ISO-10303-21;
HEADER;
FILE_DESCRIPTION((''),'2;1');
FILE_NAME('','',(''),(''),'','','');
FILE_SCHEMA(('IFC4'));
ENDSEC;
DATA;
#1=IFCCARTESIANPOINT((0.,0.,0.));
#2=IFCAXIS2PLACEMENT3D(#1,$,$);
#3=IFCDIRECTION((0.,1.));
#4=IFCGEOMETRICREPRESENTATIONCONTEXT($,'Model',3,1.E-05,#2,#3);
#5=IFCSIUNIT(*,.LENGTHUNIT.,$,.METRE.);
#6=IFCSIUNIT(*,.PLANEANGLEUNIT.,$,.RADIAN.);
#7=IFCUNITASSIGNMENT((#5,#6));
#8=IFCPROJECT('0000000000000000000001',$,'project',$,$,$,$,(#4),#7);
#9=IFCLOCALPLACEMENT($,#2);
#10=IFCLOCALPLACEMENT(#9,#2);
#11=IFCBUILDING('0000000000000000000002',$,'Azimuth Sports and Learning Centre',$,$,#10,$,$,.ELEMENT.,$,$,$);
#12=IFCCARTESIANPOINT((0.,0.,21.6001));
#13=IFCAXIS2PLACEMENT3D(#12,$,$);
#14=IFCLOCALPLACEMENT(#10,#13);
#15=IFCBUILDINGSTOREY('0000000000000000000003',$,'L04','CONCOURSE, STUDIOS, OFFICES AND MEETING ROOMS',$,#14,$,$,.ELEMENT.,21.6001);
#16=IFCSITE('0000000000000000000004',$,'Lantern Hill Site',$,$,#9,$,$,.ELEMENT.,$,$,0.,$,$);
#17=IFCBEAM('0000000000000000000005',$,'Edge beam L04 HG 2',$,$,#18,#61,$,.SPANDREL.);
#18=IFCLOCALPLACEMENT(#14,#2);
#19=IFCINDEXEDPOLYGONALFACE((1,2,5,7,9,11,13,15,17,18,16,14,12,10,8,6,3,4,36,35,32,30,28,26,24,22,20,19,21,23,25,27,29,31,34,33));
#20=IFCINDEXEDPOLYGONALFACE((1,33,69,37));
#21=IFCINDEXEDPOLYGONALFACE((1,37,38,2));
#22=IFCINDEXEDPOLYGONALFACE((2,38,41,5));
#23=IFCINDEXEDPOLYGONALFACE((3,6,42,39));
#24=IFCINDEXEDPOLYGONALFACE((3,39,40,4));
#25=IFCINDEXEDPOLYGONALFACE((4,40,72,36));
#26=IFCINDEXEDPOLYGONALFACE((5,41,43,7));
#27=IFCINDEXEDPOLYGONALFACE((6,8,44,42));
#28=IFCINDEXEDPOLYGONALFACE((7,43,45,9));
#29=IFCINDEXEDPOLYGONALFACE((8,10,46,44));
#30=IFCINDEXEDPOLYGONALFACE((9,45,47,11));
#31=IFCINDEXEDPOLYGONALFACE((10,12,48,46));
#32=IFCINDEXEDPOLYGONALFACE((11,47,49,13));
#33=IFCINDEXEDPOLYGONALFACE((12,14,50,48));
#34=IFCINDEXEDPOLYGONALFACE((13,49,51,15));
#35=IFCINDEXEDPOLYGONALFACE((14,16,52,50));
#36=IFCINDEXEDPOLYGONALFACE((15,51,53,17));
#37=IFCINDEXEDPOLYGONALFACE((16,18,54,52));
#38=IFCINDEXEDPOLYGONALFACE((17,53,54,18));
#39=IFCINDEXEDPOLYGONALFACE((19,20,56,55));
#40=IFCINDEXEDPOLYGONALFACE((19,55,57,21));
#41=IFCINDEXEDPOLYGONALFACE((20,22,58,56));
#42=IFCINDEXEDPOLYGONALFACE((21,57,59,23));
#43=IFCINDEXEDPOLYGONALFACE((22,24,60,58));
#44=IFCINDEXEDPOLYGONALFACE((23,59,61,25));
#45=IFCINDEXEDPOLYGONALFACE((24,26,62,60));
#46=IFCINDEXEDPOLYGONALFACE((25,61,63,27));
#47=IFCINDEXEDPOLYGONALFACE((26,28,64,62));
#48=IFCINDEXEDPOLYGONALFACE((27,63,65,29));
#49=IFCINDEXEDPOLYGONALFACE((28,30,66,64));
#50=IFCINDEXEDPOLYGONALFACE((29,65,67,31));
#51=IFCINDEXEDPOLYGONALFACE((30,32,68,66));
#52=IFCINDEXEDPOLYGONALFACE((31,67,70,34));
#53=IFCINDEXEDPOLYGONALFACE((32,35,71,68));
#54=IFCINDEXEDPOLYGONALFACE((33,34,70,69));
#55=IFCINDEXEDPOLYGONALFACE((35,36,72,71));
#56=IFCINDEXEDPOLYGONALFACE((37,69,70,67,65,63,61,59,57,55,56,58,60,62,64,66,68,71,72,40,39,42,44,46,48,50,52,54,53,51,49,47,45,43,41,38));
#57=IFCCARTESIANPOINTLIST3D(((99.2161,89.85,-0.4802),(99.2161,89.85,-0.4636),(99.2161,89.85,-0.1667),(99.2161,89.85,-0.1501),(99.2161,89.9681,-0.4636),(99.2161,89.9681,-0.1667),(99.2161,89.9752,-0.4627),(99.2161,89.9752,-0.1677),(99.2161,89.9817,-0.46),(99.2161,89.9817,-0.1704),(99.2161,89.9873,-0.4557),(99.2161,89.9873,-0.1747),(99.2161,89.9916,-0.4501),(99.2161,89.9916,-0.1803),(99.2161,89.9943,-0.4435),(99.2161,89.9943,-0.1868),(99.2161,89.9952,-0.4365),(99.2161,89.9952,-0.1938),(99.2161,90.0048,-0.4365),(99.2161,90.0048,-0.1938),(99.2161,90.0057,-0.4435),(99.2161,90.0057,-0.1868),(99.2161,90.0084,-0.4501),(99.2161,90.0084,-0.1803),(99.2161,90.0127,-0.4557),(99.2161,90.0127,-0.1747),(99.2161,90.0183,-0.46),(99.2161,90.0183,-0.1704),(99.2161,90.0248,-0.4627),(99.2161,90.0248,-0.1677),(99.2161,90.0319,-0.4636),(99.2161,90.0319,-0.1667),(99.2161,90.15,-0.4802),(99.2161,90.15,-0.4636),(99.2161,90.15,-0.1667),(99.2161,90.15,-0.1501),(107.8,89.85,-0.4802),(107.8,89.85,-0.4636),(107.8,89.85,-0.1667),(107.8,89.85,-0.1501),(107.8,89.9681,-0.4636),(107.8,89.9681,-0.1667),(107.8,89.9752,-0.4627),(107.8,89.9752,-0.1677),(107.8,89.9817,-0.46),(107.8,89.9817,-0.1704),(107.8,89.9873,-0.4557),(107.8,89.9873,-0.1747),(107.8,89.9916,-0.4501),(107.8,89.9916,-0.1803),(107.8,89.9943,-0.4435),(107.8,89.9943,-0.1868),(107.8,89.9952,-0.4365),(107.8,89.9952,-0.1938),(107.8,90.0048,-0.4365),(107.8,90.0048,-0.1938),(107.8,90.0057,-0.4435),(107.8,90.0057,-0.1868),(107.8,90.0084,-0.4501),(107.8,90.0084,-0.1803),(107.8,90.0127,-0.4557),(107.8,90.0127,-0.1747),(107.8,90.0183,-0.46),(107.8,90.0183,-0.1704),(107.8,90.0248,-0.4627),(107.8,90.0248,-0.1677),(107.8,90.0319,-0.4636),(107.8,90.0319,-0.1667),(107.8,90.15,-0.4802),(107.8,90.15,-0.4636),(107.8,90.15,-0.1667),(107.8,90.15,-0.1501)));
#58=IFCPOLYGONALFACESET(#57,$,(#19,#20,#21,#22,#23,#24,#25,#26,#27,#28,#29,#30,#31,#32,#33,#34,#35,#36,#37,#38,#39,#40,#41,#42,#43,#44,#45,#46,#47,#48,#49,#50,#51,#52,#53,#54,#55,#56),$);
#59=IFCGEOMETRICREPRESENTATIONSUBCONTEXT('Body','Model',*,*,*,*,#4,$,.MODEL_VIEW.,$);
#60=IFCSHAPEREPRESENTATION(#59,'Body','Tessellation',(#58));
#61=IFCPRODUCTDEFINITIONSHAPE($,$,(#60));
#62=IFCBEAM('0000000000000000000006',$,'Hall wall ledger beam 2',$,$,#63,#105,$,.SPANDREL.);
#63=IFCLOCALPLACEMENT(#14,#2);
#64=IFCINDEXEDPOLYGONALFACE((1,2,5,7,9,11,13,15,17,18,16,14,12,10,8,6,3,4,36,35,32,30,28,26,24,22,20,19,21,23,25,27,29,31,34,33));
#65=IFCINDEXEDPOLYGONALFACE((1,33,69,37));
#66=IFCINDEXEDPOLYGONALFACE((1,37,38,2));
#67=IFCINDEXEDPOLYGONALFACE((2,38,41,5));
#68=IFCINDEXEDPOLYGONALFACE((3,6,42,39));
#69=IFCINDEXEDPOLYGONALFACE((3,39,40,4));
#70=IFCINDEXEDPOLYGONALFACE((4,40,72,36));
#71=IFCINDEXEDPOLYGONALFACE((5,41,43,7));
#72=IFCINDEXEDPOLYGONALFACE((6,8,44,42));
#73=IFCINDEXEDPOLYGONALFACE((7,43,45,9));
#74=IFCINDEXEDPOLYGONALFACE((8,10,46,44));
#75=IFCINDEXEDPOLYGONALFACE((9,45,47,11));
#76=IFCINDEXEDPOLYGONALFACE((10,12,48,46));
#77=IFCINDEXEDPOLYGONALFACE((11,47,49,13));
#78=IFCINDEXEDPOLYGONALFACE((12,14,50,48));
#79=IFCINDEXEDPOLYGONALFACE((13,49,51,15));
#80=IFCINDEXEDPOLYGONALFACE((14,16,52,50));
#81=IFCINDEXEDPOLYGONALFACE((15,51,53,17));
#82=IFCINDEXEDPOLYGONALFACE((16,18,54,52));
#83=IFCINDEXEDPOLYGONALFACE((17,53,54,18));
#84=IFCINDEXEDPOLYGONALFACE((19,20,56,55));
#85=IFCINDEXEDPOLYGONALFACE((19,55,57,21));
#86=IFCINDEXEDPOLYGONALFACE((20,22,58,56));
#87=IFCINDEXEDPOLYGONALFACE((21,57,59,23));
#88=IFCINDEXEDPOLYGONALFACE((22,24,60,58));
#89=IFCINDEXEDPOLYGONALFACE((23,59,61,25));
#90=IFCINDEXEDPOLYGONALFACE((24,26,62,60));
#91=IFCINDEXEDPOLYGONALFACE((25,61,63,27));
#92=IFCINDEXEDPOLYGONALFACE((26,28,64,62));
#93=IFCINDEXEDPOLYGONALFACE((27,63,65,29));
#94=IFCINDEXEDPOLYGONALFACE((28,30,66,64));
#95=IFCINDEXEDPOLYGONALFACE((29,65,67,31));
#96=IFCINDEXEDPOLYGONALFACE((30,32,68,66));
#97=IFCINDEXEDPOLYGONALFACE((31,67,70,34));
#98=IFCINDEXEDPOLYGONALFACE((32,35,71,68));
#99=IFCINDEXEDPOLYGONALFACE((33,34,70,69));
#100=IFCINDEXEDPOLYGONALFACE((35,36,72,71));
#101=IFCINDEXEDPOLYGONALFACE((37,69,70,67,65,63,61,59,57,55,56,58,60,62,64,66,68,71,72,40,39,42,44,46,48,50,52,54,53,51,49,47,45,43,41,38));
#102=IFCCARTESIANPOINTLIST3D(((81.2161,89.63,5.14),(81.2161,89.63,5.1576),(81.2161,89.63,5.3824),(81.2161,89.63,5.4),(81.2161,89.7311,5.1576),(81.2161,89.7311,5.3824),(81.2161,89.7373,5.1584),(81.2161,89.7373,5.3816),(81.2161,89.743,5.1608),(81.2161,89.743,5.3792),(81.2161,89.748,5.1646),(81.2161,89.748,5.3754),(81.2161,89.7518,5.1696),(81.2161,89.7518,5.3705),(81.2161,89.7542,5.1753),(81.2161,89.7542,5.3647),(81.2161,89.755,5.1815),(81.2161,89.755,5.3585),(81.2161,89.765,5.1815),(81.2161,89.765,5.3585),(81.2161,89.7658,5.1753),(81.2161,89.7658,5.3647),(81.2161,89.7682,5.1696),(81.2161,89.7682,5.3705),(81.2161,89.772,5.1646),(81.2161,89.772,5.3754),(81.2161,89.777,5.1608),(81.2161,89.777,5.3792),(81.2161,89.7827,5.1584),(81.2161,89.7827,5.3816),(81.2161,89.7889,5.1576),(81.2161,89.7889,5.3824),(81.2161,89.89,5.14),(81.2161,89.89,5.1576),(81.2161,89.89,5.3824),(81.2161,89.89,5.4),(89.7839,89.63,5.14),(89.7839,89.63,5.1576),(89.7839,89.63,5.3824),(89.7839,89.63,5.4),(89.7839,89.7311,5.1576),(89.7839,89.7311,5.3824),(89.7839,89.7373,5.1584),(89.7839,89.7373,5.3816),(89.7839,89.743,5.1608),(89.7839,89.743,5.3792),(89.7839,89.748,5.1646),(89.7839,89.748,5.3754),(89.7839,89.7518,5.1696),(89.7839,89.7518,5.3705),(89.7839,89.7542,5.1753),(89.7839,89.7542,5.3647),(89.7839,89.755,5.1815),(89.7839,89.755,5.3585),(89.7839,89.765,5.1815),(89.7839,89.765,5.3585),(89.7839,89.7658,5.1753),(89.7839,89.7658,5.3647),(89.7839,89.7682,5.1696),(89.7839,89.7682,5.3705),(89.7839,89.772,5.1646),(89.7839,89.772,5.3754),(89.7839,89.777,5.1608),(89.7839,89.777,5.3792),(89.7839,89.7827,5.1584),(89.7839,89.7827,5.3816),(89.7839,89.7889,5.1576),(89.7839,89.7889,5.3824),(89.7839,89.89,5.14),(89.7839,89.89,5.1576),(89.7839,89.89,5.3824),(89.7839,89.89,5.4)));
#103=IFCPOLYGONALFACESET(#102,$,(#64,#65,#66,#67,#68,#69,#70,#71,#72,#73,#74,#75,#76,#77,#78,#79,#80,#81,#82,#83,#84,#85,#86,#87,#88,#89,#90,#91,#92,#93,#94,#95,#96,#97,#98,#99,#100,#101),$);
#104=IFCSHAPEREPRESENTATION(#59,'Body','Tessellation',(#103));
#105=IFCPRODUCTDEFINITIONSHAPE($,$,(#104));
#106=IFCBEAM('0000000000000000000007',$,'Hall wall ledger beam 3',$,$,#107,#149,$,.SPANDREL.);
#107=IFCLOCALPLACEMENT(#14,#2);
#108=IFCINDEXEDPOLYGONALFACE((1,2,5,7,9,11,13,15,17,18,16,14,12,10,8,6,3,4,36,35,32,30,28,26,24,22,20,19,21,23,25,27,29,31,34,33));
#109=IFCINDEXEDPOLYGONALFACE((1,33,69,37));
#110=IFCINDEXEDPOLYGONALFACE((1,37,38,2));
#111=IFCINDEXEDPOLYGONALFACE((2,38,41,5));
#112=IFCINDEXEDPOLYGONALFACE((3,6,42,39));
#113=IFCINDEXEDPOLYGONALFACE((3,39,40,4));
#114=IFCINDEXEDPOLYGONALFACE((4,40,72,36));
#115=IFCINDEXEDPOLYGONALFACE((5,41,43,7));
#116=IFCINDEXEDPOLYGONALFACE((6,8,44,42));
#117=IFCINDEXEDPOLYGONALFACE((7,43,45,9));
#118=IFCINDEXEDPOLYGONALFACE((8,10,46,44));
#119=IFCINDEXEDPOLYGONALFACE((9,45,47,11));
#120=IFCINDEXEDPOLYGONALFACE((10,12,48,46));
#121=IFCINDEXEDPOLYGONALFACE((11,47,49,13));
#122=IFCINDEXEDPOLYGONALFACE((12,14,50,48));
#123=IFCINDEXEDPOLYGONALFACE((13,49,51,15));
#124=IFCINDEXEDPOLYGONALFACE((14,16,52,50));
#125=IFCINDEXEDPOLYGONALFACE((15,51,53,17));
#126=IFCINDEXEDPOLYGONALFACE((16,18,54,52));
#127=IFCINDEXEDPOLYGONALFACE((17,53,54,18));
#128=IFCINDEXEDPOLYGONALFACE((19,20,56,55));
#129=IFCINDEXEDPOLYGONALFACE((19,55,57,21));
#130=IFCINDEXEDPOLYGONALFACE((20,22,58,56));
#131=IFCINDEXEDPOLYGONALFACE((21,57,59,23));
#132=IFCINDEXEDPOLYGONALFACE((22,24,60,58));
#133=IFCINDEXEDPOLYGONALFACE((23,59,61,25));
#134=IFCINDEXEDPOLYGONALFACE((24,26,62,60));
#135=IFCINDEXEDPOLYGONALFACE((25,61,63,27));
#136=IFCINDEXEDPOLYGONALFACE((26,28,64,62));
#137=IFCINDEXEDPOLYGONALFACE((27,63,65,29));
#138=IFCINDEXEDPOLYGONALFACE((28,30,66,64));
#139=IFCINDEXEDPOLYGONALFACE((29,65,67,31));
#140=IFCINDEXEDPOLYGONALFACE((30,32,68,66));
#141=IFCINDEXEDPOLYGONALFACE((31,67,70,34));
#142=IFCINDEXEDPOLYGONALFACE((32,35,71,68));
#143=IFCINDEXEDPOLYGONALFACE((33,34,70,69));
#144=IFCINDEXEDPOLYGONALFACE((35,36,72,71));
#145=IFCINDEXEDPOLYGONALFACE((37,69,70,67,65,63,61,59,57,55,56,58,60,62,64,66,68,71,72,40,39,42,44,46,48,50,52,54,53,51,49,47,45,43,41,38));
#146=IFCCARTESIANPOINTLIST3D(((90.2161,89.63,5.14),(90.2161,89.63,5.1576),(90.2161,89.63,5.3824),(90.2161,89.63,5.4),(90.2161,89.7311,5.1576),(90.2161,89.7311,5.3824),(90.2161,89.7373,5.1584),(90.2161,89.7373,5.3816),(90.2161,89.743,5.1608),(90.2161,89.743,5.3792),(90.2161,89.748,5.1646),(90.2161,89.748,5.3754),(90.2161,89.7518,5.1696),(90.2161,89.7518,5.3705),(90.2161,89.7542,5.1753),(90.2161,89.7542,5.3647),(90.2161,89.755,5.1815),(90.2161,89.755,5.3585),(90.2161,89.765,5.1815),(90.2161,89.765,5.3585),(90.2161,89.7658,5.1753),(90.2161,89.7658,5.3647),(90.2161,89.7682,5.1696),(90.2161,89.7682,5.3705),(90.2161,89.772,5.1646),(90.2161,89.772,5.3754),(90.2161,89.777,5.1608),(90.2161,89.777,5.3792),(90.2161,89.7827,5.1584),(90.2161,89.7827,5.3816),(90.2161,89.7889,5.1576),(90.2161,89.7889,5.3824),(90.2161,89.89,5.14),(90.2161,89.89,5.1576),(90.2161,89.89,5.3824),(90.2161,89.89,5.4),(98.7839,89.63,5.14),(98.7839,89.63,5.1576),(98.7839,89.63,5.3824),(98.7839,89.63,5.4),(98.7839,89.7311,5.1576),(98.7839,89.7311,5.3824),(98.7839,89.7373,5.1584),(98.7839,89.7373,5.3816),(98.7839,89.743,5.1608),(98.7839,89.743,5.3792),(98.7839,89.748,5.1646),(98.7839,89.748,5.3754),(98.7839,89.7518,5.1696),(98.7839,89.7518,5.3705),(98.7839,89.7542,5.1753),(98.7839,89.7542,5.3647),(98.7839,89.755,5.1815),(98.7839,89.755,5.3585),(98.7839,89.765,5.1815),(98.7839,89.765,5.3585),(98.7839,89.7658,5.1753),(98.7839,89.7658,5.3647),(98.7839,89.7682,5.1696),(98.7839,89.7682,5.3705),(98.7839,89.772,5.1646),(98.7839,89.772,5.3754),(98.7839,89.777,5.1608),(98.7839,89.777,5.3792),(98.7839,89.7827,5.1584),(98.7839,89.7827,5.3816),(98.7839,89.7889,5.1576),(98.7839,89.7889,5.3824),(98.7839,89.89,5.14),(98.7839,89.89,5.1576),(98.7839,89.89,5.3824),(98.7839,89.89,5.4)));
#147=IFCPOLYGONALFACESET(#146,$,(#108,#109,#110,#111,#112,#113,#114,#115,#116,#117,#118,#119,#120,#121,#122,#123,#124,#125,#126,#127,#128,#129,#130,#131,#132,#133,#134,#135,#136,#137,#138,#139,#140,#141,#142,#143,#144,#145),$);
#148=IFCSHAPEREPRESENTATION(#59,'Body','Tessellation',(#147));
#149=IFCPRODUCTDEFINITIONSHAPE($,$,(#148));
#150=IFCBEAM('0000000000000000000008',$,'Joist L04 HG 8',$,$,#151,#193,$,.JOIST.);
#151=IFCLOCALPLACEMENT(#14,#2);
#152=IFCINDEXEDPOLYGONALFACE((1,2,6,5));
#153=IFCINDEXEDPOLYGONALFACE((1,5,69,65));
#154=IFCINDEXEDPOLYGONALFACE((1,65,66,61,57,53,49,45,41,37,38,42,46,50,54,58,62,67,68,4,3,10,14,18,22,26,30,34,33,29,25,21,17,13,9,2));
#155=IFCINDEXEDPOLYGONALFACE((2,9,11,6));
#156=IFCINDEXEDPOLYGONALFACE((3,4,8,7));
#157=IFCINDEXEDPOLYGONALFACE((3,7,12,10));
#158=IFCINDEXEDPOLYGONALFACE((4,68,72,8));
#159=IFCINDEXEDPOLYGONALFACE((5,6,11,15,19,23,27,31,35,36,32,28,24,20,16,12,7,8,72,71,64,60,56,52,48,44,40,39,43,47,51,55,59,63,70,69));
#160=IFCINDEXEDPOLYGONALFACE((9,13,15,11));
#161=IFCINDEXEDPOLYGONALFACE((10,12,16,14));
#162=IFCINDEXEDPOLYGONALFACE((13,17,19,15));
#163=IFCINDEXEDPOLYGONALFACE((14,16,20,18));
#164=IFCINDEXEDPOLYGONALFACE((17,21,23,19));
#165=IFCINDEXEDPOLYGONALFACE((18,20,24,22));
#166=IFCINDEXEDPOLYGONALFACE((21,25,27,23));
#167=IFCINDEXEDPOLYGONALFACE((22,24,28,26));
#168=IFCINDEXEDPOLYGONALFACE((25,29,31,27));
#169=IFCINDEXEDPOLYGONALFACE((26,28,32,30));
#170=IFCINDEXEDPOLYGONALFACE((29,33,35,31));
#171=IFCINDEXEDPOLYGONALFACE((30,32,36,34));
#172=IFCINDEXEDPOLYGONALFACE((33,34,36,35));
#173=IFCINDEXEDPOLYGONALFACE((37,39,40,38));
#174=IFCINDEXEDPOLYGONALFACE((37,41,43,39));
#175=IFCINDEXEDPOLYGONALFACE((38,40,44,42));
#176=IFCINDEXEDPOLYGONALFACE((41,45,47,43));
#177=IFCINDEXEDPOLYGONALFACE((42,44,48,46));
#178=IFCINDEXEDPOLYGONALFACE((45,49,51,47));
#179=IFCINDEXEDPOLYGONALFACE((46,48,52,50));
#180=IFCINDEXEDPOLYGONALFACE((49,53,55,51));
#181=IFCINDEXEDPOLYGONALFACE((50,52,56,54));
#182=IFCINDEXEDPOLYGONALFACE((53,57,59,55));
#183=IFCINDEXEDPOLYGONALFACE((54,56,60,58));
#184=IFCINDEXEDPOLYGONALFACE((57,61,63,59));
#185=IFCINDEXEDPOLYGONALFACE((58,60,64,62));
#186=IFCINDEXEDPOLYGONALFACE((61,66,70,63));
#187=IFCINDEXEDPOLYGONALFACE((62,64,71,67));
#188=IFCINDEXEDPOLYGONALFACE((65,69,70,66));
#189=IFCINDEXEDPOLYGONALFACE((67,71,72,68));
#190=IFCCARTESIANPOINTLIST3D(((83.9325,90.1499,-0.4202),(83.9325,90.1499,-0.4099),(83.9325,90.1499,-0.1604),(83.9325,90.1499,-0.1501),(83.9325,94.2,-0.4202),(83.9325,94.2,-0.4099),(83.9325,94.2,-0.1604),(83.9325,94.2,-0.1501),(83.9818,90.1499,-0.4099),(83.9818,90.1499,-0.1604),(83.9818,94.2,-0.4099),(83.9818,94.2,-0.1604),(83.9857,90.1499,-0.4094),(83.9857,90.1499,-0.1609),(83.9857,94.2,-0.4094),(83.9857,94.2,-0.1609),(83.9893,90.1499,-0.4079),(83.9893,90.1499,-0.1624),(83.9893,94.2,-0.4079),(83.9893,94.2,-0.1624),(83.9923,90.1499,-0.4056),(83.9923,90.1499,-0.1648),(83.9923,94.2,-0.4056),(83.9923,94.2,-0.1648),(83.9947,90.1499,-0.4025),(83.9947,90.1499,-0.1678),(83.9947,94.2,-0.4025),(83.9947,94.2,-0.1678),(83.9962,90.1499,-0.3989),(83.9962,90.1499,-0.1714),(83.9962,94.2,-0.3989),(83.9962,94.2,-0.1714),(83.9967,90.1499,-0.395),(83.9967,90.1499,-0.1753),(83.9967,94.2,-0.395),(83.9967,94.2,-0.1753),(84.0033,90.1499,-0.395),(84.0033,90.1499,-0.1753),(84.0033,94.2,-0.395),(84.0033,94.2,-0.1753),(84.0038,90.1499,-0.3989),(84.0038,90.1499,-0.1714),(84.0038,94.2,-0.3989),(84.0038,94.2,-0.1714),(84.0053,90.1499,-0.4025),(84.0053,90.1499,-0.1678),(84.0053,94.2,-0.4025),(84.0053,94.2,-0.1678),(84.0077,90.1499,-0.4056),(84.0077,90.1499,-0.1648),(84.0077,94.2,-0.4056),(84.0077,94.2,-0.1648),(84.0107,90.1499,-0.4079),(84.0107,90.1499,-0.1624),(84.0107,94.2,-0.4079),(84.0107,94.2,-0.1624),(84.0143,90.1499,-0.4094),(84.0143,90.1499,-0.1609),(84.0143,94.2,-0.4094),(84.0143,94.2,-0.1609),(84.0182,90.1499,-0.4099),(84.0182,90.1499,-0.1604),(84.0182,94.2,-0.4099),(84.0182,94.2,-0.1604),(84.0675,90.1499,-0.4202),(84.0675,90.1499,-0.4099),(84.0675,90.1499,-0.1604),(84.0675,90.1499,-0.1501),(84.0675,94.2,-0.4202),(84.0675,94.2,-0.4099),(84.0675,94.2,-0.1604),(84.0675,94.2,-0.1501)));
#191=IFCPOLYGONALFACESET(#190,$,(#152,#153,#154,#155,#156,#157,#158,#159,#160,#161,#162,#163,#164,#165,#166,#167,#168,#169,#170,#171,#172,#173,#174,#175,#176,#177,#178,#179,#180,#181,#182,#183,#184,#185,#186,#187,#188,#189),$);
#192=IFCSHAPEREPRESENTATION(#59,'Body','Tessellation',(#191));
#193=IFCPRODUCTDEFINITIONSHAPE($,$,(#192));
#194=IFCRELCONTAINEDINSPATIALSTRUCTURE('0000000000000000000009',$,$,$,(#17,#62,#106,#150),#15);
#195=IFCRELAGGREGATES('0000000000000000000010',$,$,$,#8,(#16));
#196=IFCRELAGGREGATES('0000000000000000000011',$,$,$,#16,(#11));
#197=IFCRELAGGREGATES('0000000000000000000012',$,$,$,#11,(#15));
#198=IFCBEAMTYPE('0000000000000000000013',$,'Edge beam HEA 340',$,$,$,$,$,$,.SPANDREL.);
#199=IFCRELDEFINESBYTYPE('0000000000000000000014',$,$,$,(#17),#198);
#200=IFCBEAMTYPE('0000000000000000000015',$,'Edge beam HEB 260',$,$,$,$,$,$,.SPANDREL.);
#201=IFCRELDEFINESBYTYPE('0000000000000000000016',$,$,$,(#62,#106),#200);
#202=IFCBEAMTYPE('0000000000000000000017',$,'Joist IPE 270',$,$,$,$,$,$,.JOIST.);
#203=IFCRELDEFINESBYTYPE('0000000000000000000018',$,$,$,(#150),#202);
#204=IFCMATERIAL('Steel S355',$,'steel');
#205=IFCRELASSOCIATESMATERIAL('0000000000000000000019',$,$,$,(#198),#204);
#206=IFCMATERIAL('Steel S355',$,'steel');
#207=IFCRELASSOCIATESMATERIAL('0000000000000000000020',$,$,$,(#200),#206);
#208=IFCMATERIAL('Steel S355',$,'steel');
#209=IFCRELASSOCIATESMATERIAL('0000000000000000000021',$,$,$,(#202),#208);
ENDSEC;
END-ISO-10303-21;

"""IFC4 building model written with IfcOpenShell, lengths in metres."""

from ifc_helpers import new_model, si_unit, direction, frame, origin, origin_2d, place, context, subcontext, project, spatial, i_section, extrude, material, material_profile, profile_set, type_object, element, save


model = new_model("IFC4")

# Units and contexts
model_context = context("Model", 3, precision=1e-05, world=origin(), true_north=direction((0.0, 1.0)))
body_context = subcontext(model_context, "Body", "Model", "MODEL_VIEW")
ifc_project = project(units=[si_unit("LENGTHUNIT", "METRE"), si_unit("PLANEANGLEUNIT", "RADIAN")], contexts=[model_context])

# Site, building, storey
site_placement = place(None, origin())
site = spatial("IfcSite", under=ifc_project, at=site_placement, Name="Lantern Hill Site", CompositionType="ELEMENT", RefElevation=0.0)
building_placement = place(site_placement, origin())
building = spatial("IfcBuilding", under=site, at=building_placement, Name="Azimuth Sports and Learning Centre", CompositionType="ELEMENT")
storey_placement = place(building_placement, frame((0.0, 0.0, 21.6001)))
storey = spatial("IfcBuildingStorey", under=building, at=storey_placement, Name="L04", Description="CONCOURSE, STUDIOS, OFFICES AND MEETING ROOMS", CompositionType="ELEMENT", Elevation=21.6001)

# Beams
ifc_material_1 = material(Name="Steel S355", Category="steel")
ifc_material_profile_1 = material_profile(ifc_material_1, i_section(OverallWidth=0.3, OverallDepth=0.3301, WebThickness=0.0095, FlangeThickness=0.0166, FilletRadius=0.0271, at=origin_2d()), Name="HEA 340")
ifc_profile_set_1 = profile_set([ifc_material_profile_1], Name="Steel S355")
beam_type_1 = type_object("IfcBeamType", Name="Edge beam HEA 340", PredefinedType="SPANDREL", material=ifc_profile_set_1)
beam_placement = place(storey_placement, frame((99.2161, 90.0, -0.3152), z_axis=(1.0, 0.0, 0.0), x_axis=(0.0, 1.0, 0.0)))
element("IfcBeam", 1, at=beam_placement, inside=storey, type_object=beam_type_1, Name="Edge beam L04 HG 2", PredefinedType="SPANDREL", context=body_context, shape_type="SweptSolid", body=[
    extrude(i_section(OverallWidth=0.3, OverallDepth=0.3301, WebThickness=0.0095, FlangeThickness=0.0166, FilletRadius=0.0271, at=origin_2d()), origin(), (0.0, 0.0, 1.0), 8.584),
])
ifc_material_2 = material(Name="Steel S355", Category="steel")
ifc_material_profile_2 = material_profile(ifc_material_2, i_section(OverallWidth=0.26, OverallDepth=0.26, WebThickness=0.01, FlangeThickness=0.0176, FilletRadius=0.0239, at=origin_2d()), Name="HEB 260")
ifc_profile_set_2 = profile_set([ifc_material_profile_2], Name="Steel S355")
beam_type_2 = type_object("IfcBeamType", Name="Edge beam HEB 260", PredefinedType="SPANDREL", material=ifc_profile_set_2)
for number, where, z_axis, x_axis, name in (
    (2, (81.2161, 89.76, 5.27), (1.0, 0.0, 0.0), (0.0, 1.0, 0.0), "Hall wall ledger beam 2"),
    (3, (90.2161, 89.76, 5.27), (1.0, 0.0, 0.0), (0.0, 1.0, 0.0), "Hall wall ledger beam 3"),
):
    element("IfcBeam", number, at=place(storey_placement, frame(where, z_axis=z_axis, x_axis=x_axis)), inside=storey, type_object=beam_type_2, Name=name, PredefinedType="SPANDREL", context=body_context, shape_type="SweptSolid", body=[
        extrude(i_section(OverallWidth=0.26, OverallDepth=0.26, WebThickness=0.01, FlangeThickness=0.0176, FilletRadius=0.0239, at=origin_2d()), origin(), (0.0, 0.0, 1.0), 8.5679),
    ])
ifc_material_3 = material(Name="Steel S355", Category="steel")
ifc_material_profile_3 = material_profile(ifc_material_3, i_section(OverallWidth=0.135, OverallDepth=0.27, WebThickness=0.0066, FlangeThickness=0.0103, FilletRadius=0.0149, at=origin_2d()), Name="IPE 270")
ifc_profile_set_3 = profile_set([ifc_material_profile_3], Name="Steel S355")
beam_type_3 = type_object("IfcBeamType", Name="Joist IPE 270", PredefinedType="JOIST", material=ifc_profile_set_3)
for number, where, z_axis, x_axis, name in (
    (4, (84.0, 90.1499, -0.2852), (0.0, 1.0, 0.0), (-1.0, 0.0, 0.0), "Joist L04 HG 8"),
):
    element("IfcBeam", number, at=place(storey_placement, frame(where, z_axis=z_axis, x_axis=x_axis)), inside=storey, type_object=beam_type_3, Name=name, PredefinedType="JOIST", context=body_context, shape_type="SweptSolid", body=[
        extrude(i_section(OverallWidth=0.135, OverallDepth=0.27, WebThickness=0.0066, FlangeThickness=0.0103, FilletRadius=0.0149, at=origin_2d()), origin(), (0.0, 0.0, 1.0), 4.05),
    ])

save(model, "model.ifc")
